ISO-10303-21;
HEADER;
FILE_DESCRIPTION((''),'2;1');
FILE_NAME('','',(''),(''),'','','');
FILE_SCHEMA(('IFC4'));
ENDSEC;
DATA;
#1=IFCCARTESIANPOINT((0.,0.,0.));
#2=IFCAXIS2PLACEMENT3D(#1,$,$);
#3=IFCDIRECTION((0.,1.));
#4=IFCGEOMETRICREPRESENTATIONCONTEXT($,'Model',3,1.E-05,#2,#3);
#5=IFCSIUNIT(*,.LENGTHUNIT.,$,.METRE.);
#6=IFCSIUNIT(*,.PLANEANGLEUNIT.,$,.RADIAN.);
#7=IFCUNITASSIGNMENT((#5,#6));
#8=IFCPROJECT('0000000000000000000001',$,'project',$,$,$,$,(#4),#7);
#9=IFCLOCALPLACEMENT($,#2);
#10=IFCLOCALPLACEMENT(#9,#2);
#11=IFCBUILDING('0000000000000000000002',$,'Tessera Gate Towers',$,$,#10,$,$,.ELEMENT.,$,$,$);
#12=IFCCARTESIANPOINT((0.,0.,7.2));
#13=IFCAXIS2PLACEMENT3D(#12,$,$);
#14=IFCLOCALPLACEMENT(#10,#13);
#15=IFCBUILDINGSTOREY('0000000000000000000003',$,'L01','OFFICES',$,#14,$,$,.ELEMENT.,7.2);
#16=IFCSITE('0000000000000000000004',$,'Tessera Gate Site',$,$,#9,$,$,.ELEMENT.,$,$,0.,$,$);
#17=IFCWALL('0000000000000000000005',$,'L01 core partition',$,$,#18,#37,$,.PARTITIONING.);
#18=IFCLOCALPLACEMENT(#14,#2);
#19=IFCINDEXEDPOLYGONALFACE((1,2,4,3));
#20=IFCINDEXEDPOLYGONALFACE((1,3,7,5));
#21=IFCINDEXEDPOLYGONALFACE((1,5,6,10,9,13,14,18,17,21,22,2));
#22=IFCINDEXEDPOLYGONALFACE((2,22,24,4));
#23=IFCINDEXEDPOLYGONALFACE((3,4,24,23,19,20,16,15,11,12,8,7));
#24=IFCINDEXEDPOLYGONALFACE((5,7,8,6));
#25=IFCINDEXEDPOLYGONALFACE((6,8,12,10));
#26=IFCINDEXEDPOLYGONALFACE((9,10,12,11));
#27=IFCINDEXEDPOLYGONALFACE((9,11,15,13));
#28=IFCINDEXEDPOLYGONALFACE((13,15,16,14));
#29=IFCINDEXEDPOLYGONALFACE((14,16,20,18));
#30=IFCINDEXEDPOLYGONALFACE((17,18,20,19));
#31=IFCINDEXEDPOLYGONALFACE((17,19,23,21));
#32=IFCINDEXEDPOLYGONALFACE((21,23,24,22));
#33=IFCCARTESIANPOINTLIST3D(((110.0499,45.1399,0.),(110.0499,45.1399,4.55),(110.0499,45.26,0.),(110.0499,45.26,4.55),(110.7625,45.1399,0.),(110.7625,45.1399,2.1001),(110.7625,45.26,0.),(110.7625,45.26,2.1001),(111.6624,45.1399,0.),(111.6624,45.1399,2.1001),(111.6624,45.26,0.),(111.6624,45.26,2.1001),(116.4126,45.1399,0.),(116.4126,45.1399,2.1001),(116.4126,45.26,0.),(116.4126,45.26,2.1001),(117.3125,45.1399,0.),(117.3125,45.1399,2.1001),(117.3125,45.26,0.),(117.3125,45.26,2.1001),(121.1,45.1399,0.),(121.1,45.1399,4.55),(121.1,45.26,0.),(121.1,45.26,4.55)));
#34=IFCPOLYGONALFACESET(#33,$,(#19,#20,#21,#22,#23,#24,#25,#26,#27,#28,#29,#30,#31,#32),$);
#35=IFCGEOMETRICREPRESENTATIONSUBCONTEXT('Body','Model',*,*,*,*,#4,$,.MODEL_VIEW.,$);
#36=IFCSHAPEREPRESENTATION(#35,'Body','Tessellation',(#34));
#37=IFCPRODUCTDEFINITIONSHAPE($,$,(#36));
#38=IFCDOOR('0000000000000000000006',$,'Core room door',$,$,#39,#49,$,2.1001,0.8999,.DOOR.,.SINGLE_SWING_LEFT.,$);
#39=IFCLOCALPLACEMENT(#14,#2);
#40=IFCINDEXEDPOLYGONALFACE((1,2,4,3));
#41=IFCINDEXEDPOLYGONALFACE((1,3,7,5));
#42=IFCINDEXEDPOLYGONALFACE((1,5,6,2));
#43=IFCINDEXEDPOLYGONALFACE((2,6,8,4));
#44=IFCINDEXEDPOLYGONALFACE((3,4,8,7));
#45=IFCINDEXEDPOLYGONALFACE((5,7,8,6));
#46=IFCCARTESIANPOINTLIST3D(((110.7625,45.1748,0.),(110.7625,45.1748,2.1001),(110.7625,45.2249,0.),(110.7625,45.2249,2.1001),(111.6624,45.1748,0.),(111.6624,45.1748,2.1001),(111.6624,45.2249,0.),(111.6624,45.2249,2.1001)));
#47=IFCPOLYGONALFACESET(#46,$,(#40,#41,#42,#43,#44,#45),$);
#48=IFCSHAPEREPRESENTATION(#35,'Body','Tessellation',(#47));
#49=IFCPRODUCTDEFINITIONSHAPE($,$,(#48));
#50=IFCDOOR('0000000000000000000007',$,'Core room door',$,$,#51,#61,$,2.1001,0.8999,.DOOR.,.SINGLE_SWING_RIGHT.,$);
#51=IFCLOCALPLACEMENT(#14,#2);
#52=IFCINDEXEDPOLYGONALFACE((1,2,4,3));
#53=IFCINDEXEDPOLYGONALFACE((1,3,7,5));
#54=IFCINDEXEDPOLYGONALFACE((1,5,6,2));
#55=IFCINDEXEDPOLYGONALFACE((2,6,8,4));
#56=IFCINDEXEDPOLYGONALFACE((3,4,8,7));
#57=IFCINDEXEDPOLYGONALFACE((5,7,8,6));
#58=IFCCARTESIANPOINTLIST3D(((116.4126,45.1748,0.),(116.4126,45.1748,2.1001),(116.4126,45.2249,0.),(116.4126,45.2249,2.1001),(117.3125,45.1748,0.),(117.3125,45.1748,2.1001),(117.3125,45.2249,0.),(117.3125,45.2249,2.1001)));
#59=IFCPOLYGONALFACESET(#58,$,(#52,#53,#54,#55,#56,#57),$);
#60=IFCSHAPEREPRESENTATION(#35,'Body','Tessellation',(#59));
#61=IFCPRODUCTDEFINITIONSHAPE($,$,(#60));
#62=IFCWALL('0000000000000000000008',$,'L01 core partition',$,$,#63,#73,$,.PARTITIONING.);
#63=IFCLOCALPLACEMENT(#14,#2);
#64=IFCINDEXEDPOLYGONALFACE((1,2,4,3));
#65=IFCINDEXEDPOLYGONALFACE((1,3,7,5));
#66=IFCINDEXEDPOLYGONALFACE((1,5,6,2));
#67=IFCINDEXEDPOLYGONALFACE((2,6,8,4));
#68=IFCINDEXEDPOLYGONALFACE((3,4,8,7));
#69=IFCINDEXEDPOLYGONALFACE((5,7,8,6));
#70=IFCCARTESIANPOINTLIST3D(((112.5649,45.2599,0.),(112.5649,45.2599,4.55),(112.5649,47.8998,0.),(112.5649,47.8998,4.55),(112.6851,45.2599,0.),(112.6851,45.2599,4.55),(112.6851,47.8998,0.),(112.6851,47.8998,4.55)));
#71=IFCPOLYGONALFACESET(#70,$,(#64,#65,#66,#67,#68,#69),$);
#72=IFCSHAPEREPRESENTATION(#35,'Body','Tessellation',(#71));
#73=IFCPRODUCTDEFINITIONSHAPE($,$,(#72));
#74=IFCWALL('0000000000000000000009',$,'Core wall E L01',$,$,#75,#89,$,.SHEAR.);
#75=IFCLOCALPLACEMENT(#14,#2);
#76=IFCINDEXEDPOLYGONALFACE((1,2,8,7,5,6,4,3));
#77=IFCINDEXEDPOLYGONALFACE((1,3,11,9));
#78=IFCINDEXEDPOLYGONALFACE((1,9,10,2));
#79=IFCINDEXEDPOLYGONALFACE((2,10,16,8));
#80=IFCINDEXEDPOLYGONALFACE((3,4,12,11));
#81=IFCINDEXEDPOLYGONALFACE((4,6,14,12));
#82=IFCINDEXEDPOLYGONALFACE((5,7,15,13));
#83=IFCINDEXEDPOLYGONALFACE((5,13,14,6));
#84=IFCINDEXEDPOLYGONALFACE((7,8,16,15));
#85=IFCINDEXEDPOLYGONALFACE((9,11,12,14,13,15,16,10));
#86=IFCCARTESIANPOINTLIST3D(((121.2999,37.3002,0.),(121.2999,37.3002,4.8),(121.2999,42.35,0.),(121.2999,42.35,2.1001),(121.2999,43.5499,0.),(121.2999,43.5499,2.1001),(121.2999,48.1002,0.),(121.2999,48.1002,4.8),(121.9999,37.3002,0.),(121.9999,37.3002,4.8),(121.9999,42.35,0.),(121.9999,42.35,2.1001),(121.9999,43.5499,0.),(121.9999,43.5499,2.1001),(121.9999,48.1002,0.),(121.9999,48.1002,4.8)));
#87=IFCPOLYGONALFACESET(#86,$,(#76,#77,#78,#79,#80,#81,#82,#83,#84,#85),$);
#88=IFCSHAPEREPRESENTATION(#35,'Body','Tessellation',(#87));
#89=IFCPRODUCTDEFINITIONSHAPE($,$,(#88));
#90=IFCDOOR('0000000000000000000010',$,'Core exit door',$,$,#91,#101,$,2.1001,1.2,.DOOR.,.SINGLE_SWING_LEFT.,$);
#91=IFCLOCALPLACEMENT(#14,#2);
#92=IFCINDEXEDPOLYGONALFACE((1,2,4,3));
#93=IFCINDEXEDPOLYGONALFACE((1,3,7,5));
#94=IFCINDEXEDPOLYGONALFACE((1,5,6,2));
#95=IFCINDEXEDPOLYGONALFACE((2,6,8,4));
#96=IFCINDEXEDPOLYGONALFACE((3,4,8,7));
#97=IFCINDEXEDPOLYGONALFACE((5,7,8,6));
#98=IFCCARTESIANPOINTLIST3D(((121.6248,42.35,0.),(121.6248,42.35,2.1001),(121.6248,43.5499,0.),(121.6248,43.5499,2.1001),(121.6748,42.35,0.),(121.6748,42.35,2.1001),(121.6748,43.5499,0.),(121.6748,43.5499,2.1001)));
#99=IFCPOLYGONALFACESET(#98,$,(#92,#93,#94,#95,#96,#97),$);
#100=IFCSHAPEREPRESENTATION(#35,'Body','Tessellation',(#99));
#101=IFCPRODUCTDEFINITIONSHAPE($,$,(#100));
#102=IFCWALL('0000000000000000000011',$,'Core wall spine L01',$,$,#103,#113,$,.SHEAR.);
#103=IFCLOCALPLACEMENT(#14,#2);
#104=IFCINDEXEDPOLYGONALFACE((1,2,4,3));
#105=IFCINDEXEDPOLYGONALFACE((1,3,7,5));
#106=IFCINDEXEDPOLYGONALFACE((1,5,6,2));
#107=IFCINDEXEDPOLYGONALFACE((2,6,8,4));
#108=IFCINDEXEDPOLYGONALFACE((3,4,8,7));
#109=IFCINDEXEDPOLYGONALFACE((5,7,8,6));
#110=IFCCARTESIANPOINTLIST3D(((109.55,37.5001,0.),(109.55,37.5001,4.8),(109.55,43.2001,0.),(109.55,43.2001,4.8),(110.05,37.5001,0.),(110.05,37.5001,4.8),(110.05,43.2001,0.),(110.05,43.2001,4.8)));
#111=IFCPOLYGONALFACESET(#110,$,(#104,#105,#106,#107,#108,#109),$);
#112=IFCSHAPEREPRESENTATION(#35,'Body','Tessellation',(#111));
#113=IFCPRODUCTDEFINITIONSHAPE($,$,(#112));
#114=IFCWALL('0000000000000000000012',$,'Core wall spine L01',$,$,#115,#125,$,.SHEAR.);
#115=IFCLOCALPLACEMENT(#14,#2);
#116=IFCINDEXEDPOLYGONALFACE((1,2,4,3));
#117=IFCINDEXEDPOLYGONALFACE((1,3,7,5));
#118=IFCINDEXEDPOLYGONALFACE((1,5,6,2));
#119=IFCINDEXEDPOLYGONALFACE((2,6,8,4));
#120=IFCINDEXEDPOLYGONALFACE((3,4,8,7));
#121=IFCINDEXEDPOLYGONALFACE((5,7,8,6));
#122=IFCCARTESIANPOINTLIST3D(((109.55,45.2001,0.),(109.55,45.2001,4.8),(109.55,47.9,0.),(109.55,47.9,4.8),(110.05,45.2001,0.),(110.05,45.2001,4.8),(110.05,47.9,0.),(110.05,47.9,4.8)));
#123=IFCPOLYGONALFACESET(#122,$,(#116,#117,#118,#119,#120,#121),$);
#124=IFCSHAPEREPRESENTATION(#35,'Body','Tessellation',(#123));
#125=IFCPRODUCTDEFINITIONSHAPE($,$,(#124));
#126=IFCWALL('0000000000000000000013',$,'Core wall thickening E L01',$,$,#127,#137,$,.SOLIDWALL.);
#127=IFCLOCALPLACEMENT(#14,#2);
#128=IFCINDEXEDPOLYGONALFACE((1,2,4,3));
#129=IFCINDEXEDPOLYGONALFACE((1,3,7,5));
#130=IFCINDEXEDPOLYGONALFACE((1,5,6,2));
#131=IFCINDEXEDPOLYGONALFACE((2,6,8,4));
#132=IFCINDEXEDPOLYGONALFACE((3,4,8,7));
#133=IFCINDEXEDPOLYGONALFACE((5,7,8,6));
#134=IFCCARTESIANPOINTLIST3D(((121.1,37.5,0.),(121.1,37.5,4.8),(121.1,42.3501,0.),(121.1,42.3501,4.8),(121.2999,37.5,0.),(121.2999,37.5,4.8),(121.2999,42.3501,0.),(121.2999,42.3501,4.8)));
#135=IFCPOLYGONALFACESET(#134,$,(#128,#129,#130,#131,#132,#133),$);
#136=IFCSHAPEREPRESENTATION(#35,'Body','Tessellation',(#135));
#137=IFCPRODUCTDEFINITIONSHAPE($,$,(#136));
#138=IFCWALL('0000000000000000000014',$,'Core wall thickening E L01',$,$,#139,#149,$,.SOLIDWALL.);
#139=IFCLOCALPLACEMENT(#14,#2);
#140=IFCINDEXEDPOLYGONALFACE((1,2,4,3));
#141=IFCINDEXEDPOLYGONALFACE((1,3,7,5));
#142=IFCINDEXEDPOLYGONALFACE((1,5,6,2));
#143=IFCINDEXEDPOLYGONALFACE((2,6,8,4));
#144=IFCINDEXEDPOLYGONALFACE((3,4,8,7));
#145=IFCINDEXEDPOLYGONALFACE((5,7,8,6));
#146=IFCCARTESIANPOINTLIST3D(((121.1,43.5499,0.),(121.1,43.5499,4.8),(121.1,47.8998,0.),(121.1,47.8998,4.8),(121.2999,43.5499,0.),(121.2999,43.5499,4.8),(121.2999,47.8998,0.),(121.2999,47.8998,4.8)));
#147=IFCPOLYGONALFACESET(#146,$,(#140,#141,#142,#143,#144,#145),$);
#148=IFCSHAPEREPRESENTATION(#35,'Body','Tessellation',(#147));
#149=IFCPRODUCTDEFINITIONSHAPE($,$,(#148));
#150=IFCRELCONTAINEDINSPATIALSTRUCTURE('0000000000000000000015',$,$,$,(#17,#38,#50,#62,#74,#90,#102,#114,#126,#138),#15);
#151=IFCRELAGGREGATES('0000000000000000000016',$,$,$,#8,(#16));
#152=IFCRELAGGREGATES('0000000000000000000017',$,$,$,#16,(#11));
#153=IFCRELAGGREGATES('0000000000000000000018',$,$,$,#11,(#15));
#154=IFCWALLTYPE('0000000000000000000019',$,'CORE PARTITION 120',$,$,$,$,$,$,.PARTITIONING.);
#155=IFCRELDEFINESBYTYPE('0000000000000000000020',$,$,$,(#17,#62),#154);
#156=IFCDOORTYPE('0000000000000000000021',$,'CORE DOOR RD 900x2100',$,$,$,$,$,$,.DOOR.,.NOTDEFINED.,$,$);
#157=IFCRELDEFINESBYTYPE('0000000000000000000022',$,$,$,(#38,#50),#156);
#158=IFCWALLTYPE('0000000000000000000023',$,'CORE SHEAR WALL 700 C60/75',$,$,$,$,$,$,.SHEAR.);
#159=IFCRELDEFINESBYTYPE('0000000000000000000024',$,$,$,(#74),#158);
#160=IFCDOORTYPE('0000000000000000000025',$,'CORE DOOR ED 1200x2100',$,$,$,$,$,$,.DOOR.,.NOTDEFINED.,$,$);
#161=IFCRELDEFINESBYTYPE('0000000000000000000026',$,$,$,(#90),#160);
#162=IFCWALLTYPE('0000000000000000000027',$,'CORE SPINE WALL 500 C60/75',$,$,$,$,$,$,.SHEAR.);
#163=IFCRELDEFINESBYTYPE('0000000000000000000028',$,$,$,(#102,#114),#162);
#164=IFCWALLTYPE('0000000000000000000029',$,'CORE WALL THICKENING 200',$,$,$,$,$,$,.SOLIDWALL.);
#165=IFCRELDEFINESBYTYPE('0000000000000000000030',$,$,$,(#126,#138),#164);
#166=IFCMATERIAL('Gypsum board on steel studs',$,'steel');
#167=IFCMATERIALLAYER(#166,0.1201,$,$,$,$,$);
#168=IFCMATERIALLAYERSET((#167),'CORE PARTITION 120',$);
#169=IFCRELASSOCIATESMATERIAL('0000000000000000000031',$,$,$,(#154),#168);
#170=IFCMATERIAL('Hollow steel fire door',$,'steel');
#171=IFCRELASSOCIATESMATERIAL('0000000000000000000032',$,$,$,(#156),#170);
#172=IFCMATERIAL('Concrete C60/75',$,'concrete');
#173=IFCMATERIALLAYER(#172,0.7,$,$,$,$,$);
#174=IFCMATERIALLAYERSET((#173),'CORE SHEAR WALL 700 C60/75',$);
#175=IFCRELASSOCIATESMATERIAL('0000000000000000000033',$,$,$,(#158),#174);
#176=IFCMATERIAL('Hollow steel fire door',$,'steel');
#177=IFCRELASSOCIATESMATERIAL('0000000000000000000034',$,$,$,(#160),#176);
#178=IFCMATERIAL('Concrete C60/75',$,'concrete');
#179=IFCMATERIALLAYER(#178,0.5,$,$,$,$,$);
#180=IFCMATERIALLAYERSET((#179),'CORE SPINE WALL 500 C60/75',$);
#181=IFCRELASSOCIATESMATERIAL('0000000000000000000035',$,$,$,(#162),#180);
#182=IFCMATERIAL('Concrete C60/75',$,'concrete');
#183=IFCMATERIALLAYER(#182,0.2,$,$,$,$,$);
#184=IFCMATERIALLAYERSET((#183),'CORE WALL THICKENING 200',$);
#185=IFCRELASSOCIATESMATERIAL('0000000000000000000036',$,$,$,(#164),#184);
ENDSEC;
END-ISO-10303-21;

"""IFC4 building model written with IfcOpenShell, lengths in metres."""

from ifc_helpers import new_model, si_unit, direction, frame, frame_2d, origin, place, context, subcontext, project, spatial, rectangle, extrude, source, transform, mapped, material, layer, layer_set, type_object, element, fill, save


model = new_model("IFC4")

# Units and contexts
model_context = context("Model", 3, precision=1e-05, world=origin(), true_north=direction((0.0, 1.0)))
body_context = subcontext(model_context, "Body", "Model", "MODEL_VIEW")
ifc_project = project(units=[si_unit("LENGTHUNIT", "METRE"), si_unit("PLANEANGLEUNIT", "RADIAN")], contexts=[model_context])

# Site, building, storey
site_placement = place(None, origin())
site = spatial("IfcSite", under=ifc_project, at=site_placement, Name="Tessera Gate Site", CompositionType="ELEMENT", RefElevation=0.0)
building_placement = place(site_placement, origin())
building = spatial("IfcBuilding", under=site, at=building_placement, Name="Tessera Gate Towers", CompositionType="ELEMENT")
storey_placement = place(building_placement, frame((0.0, 0.0, 7.2)))
storey = spatial("IfcBuildingStorey", under=building, at=storey_placement, Name="L01", Description="OFFICES", CompositionType="ELEMENT", Elevation=7.2)

# Wall, openings, doors
ifc_material_1 = material(Name="Gypsum board on steel studs", Category="steel")
ifc_layer_1 = layer(ifc_material_1, 0.1201)
ifc_layer_set_1 = layer_set([ifc_layer_1], Name="CORE PARTITION 120")
wall_type_1 = type_object("IfcWallType", Name="CORE PARTITION 120", PredefinedType="PARTITIONING", material=ifc_layer_set_1)
wall_1_placement = place(storey_placement, frame((110.05, 45.2, 0.0), z_axis=(0.0, 0.0, 1.0), x_axis=(1.0, 0.0, 0.0)))
wall_1 = element("IfcWall", 1, at=wall_1_placement, inside=storey, type_object=wall_type_1, Name="L01 core partition", PredefinedType="PARTITIONING", context=body_context, shape_type="SweptSolid", body=[
    extrude(rectangle(XDim=11.05, YDim=0.1201, at=frame_2d((5.5249, 0.0))), origin(), (0.0, 0.0, 1.0), 4.55),
])
shared_shape_1 = source(origin(), body_context, "Body", "SweptSolid", [
    extrude(rectangle(XDim=0.8999, YDim=2.1001, at=frame_2d((0.45, 1.05))), frame((0.0, 0.0701, 0.0), z_axis=(0.0, -1.0, 0.0), x_axis=(1.0, 0.0, 0.0)), (0.0, 0.0, 1.0), 0.1401),
])
opening_1_placement = place(wall_1_placement, frame((0.7124, 0.0, 0.0)))
opening_1 = element("IfcOpeningElement", 2, at=opening_1_placement, cuts=wall_1, PredefinedType="OPENING", context=body_context, shape_type="MappedRepresentation", body=[
    mapped(shared_shape_1, transform((0.0, 0.0, 0.0), scale=1.0)),
])
opening_2_placement = place(wall_1_placement, frame((6.3625, 0.0, 0.0)))
opening_2 = element("IfcOpeningElement", 3, at=opening_2_placement, cuts=wall_1, PredefinedType="OPENING", context=body_context, shape_type="MappedRepresentation", body=[
    mapped(shared_shape_1, transform((0.0, 0.0, 0.0), scale=1.0)),
])
ifc_material_2 = material(Name="Hollow steel fire door", Category="steel")
door_type_1 = type_object("IfcDoorType", Name="CORE DOOR RD 900x2100", OperationType="NOTDEFINED", PredefinedType="DOOR", material=ifc_material_2)
shared_shape_2 = source(origin(), body_context, "Body", "SweptSolid", [
    extrude(rectangle(XDim=0.8999, YDim=2.1001, at=frame_2d((0.45, 1.05))), frame((0.0, 0.0249, 0.0), z_axis=(0.0, -1.0, 0.0), x_axis=(1.0, 0.0, 0.0)), (0.0, 0.0, 1.0), 0.05),
])
door_1_placement = place(opening_1_placement, origin())
door_1 = element("IfcDoor", 4, at=door_1_placement, inside=storey, type_object=door_type_1, Name="Core room door", OperationType="SINGLE_SWING_LEFT", OverallHeight=2.1001, OverallWidth=0.8999, PredefinedType="DOOR", context=body_context, shape_type="MappedRepresentation", body=[
    mapped(shared_shape_2, transform((0.0, 0.0, 0.0), scale=1.0)),
])
fill(opening_1, door_1)
door_2_placement = place(opening_2_placement, origin())
door_2 = element("IfcDoor", 5, at=door_2_placement, inside=storey, type_object=door_type_1, Name="Core room door", OperationType="SINGLE_SWING_RIGHT", OverallHeight=2.1001, OverallWidth=0.8999, PredefinedType="DOOR", context=body_context, shape_type="MappedRepresentation", body=[
    mapped(shared_shape_2, transform((0.0, 0.0, 0.0), scale=1.0)),
])
fill(opening_2, door_2)

# Wall
wall_2_placement = place(storey_placement, frame((112.625, 45.26, 0.0), z_axis=(0.0, 0.0, 1.0), x_axis=(0.0, 1.0, 0.0)))
element("IfcWall", 6, at=wall_2_placement, inside=storey, type_object=wall_type_1, Name="L01 core partition", PredefinedType="PARTITIONING", context=body_context, shape_type="SweptSolid", body=[
    extrude(rectangle(XDim=2.6399, YDim=0.1201, at=frame_2d((1.3198, 0.0))), origin(), (0.0, 0.0, 1.0), 4.55),
])

# Wall, opening, door
ifc_material_3 = material(Name="Concrete C60/75", Category="concrete")
ifc_layer_2 = layer(ifc_material_3, 0.7)
ifc_layer_set_2 = layer_set([ifc_layer_2], Name="CORE SHEAR WALL 700 C60/75")
wall_type_2 = type_object("IfcWallType", Name="CORE SHEAR WALL 700 C60/75", PredefinedType="SHEAR", material=ifc_layer_set_2)
wall_3_placement = place(storey_placement, frame((121.6499, 48.1001, 0.0), z_axis=(0.0, 0.0, 1.0), x_axis=(0.0, -1.0, 0.0)))
wall_3 = element("IfcWall", 7, at=wall_3_placement, inside=storey, type_object=wall_type_2, Name="Core wall E L01", PredefinedType="SHEAR", context=body_context, shape_type="SweptSolid", body=[
    extrude(rectangle(XDim=10.8, YDim=0.7, at=frame_2d((5.3999, 0.0))), origin(), (0.0, 0.0, 1.0), 4.8),
])
shared_shape_3 = source(origin(), body_context, "Body", "SweptSolid", [
    extrude(rectangle(XDim=1.2, YDim=2.1001, at=frame_2d((0.6001, 1.05))), frame((0.0, 0.3599, 0.0), z_axis=(0.0, -1.0, 0.0), x_axis=(1.0, 0.0, 0.0)), (0.0, 0.0, 1.0), 0.72),
])
opening_3_placement = place(wall_3_placement, frame((4.55, 0.0, 0.0)))
opening_3 = element("IfcOpeningElement", 8, at=opening_3_placement, cuts=wall_3, PredefinedType="OPENING", context=body_context, shape_type="MappedRepresentation", body=[
    mapped(shared_shape_3, transform((0.0, 0.0, 0.0), scale=1.0)),
])
ifc_material_4 = material(Name="Hollow steel fire door", Category="steel")
door_type_2 = type_object("IfcDoorType", Name="CORE DOOR ED 1200x2100", OperationType="NOTDEFINED", PredefinedType="DOOR", material=ifc_material_4)
shared_shape_4 = source(origin(), body_context, "Body", "SweptSolid", [
    extrude(rectangle(XDim=1.2, YDim=2.1001, at=frame_2d((0.6001, 1.05))), frame((0.0, 0.0249, 0.0), z_axis=(0.0, -1.0, 0.0), x_axis=(1.0, 0.0, 0.0)), (0.0, 0.0, 1.0), 0.05),
])
door_3_placement = place(opening_3_placement, origin())
door_3 = element("IfcDoor", 9, at=door_3_placement, inside=storey, type_object=door_type_2, Name="Core exit door", OperationType="SINGLE_SWING_LEFT", OverallHeight=2.1001, OverallWidth=1.2, PredefinedType="DOOR", context=body_context, shape_type="MappedRepresentation", body=[
    mapped(shared_shape_4, transform((0.0, 0.0, 0.0), scale=1.0)),
])
fill(opening_3, door_3)

# Walls
ifc_material_5 = material(Name="Concrete C60/75", Category="concrete")
ifc_layer_3 = layer(ifc_material_5, 0.5)
ifc_layer_set_3 = layer_set([ifc_layer_3], Name="CORE SPINE WALL 500 C60/75")
wall_type_3 = type_object("IfcWallType", Name="CORE SPINE WALL 500 C60/75", PredefinedType="SHEAR", material=ifc_layer_set_3)
wall_4_placement = place(storey_placement, frame((109.8, 37.5, 0.0), z_axis=(0.0, 0.0, 1.0), x_axis=(0.0, 1.0, 0.0)))
element("IfcWall", 10, at=wall_4_placement, inside=storey, type_object=wall_type_3, Name="Core wall spine L01", PredefinedType="SHEAR", context=body_context, shape_type="SweptSolid", body=[
    extrude(rectangle(XDim=5.7, YDim=0.5, at=frame_2d((2.8501, 0.0))), origin(), (0.0, 0.0, 1.0), 4.8),
])
wall_5_placement = place(storey_placement, frame((109.8, 45.2, 0.0), z_axis=(0.0, 0.0, 1.0), x_axis=(0.0, 1.0, 0.0)))
element("IfcWall", 11, at=wall_5_placement, inside=storey, type_object=wall_type_3, Name="Core wall spine L01", PredefinedType="SHEAR", context=body_context, shape_type="SweptSolid", body=[
    extrude(rectangle(XDim=2.7, YDim=0.5, at=frame_2d((1.3501, 0.0))), origin(), (0.0, 0.0, 1.0), 4.8),
])
ifc_material_6 = material(Name="Concrete C60/75", Category="concrete")
ifc_layer_4 = layer(ifc_material_6, 0.2)
ifc_layer_set_4 = layer_set([ifc_layer_4], Name="CORE WALL THICKENING 200")
wall_type_4 = type_object("IfcWallType", Name="CORE WALL THICKENING 200", PredefinedType="SOLIDWALL", material=ifc_layer_set_4)
wall_6_placement = place(storey_placement, frame((121.2, 37.5, 0.0), z_axis=(0.0, 0.0, 1.0), x_axis=(0.0, 1.0, 0.0)))
element("IfcWall", 12, at=wall_6_placement, inside=storey, type_object=wall_type_4, Name="Core wall thickening E L01", PredefinedType="SOLIDWALL", context=body_context, shape_type="SweptSolid", body=[
    extrude(rectangle(XDim=4.8501, YDim=0.2, at=frame_2d((2.425, 0.0))), origin(), (0.0, 0.0, 1.0), 4.8),
])
wall_7_placement = place(storey_placement, frame((121.2, 43.55, 0.0), z_axis=(0.0, 0.0, 1.0), x_axis=(0.0, 1.0, 0.0)))
element("IfcWall", 13, at=wall_7_placement, inside=storey, type_object=wall_type_4, Name="Core wall thickening E L01", PredefinedType="SOLIDWALL", context=body_context, shape_type="SweptSolid", body=[
    extrude(rectangle(XDim=4.3499, YDim=0.2, at=frame_2d((2.1748, 0.0))), origin(), (0.0, 0.0, 1.0), 4.8),
])

save(model, "model.ifc")
